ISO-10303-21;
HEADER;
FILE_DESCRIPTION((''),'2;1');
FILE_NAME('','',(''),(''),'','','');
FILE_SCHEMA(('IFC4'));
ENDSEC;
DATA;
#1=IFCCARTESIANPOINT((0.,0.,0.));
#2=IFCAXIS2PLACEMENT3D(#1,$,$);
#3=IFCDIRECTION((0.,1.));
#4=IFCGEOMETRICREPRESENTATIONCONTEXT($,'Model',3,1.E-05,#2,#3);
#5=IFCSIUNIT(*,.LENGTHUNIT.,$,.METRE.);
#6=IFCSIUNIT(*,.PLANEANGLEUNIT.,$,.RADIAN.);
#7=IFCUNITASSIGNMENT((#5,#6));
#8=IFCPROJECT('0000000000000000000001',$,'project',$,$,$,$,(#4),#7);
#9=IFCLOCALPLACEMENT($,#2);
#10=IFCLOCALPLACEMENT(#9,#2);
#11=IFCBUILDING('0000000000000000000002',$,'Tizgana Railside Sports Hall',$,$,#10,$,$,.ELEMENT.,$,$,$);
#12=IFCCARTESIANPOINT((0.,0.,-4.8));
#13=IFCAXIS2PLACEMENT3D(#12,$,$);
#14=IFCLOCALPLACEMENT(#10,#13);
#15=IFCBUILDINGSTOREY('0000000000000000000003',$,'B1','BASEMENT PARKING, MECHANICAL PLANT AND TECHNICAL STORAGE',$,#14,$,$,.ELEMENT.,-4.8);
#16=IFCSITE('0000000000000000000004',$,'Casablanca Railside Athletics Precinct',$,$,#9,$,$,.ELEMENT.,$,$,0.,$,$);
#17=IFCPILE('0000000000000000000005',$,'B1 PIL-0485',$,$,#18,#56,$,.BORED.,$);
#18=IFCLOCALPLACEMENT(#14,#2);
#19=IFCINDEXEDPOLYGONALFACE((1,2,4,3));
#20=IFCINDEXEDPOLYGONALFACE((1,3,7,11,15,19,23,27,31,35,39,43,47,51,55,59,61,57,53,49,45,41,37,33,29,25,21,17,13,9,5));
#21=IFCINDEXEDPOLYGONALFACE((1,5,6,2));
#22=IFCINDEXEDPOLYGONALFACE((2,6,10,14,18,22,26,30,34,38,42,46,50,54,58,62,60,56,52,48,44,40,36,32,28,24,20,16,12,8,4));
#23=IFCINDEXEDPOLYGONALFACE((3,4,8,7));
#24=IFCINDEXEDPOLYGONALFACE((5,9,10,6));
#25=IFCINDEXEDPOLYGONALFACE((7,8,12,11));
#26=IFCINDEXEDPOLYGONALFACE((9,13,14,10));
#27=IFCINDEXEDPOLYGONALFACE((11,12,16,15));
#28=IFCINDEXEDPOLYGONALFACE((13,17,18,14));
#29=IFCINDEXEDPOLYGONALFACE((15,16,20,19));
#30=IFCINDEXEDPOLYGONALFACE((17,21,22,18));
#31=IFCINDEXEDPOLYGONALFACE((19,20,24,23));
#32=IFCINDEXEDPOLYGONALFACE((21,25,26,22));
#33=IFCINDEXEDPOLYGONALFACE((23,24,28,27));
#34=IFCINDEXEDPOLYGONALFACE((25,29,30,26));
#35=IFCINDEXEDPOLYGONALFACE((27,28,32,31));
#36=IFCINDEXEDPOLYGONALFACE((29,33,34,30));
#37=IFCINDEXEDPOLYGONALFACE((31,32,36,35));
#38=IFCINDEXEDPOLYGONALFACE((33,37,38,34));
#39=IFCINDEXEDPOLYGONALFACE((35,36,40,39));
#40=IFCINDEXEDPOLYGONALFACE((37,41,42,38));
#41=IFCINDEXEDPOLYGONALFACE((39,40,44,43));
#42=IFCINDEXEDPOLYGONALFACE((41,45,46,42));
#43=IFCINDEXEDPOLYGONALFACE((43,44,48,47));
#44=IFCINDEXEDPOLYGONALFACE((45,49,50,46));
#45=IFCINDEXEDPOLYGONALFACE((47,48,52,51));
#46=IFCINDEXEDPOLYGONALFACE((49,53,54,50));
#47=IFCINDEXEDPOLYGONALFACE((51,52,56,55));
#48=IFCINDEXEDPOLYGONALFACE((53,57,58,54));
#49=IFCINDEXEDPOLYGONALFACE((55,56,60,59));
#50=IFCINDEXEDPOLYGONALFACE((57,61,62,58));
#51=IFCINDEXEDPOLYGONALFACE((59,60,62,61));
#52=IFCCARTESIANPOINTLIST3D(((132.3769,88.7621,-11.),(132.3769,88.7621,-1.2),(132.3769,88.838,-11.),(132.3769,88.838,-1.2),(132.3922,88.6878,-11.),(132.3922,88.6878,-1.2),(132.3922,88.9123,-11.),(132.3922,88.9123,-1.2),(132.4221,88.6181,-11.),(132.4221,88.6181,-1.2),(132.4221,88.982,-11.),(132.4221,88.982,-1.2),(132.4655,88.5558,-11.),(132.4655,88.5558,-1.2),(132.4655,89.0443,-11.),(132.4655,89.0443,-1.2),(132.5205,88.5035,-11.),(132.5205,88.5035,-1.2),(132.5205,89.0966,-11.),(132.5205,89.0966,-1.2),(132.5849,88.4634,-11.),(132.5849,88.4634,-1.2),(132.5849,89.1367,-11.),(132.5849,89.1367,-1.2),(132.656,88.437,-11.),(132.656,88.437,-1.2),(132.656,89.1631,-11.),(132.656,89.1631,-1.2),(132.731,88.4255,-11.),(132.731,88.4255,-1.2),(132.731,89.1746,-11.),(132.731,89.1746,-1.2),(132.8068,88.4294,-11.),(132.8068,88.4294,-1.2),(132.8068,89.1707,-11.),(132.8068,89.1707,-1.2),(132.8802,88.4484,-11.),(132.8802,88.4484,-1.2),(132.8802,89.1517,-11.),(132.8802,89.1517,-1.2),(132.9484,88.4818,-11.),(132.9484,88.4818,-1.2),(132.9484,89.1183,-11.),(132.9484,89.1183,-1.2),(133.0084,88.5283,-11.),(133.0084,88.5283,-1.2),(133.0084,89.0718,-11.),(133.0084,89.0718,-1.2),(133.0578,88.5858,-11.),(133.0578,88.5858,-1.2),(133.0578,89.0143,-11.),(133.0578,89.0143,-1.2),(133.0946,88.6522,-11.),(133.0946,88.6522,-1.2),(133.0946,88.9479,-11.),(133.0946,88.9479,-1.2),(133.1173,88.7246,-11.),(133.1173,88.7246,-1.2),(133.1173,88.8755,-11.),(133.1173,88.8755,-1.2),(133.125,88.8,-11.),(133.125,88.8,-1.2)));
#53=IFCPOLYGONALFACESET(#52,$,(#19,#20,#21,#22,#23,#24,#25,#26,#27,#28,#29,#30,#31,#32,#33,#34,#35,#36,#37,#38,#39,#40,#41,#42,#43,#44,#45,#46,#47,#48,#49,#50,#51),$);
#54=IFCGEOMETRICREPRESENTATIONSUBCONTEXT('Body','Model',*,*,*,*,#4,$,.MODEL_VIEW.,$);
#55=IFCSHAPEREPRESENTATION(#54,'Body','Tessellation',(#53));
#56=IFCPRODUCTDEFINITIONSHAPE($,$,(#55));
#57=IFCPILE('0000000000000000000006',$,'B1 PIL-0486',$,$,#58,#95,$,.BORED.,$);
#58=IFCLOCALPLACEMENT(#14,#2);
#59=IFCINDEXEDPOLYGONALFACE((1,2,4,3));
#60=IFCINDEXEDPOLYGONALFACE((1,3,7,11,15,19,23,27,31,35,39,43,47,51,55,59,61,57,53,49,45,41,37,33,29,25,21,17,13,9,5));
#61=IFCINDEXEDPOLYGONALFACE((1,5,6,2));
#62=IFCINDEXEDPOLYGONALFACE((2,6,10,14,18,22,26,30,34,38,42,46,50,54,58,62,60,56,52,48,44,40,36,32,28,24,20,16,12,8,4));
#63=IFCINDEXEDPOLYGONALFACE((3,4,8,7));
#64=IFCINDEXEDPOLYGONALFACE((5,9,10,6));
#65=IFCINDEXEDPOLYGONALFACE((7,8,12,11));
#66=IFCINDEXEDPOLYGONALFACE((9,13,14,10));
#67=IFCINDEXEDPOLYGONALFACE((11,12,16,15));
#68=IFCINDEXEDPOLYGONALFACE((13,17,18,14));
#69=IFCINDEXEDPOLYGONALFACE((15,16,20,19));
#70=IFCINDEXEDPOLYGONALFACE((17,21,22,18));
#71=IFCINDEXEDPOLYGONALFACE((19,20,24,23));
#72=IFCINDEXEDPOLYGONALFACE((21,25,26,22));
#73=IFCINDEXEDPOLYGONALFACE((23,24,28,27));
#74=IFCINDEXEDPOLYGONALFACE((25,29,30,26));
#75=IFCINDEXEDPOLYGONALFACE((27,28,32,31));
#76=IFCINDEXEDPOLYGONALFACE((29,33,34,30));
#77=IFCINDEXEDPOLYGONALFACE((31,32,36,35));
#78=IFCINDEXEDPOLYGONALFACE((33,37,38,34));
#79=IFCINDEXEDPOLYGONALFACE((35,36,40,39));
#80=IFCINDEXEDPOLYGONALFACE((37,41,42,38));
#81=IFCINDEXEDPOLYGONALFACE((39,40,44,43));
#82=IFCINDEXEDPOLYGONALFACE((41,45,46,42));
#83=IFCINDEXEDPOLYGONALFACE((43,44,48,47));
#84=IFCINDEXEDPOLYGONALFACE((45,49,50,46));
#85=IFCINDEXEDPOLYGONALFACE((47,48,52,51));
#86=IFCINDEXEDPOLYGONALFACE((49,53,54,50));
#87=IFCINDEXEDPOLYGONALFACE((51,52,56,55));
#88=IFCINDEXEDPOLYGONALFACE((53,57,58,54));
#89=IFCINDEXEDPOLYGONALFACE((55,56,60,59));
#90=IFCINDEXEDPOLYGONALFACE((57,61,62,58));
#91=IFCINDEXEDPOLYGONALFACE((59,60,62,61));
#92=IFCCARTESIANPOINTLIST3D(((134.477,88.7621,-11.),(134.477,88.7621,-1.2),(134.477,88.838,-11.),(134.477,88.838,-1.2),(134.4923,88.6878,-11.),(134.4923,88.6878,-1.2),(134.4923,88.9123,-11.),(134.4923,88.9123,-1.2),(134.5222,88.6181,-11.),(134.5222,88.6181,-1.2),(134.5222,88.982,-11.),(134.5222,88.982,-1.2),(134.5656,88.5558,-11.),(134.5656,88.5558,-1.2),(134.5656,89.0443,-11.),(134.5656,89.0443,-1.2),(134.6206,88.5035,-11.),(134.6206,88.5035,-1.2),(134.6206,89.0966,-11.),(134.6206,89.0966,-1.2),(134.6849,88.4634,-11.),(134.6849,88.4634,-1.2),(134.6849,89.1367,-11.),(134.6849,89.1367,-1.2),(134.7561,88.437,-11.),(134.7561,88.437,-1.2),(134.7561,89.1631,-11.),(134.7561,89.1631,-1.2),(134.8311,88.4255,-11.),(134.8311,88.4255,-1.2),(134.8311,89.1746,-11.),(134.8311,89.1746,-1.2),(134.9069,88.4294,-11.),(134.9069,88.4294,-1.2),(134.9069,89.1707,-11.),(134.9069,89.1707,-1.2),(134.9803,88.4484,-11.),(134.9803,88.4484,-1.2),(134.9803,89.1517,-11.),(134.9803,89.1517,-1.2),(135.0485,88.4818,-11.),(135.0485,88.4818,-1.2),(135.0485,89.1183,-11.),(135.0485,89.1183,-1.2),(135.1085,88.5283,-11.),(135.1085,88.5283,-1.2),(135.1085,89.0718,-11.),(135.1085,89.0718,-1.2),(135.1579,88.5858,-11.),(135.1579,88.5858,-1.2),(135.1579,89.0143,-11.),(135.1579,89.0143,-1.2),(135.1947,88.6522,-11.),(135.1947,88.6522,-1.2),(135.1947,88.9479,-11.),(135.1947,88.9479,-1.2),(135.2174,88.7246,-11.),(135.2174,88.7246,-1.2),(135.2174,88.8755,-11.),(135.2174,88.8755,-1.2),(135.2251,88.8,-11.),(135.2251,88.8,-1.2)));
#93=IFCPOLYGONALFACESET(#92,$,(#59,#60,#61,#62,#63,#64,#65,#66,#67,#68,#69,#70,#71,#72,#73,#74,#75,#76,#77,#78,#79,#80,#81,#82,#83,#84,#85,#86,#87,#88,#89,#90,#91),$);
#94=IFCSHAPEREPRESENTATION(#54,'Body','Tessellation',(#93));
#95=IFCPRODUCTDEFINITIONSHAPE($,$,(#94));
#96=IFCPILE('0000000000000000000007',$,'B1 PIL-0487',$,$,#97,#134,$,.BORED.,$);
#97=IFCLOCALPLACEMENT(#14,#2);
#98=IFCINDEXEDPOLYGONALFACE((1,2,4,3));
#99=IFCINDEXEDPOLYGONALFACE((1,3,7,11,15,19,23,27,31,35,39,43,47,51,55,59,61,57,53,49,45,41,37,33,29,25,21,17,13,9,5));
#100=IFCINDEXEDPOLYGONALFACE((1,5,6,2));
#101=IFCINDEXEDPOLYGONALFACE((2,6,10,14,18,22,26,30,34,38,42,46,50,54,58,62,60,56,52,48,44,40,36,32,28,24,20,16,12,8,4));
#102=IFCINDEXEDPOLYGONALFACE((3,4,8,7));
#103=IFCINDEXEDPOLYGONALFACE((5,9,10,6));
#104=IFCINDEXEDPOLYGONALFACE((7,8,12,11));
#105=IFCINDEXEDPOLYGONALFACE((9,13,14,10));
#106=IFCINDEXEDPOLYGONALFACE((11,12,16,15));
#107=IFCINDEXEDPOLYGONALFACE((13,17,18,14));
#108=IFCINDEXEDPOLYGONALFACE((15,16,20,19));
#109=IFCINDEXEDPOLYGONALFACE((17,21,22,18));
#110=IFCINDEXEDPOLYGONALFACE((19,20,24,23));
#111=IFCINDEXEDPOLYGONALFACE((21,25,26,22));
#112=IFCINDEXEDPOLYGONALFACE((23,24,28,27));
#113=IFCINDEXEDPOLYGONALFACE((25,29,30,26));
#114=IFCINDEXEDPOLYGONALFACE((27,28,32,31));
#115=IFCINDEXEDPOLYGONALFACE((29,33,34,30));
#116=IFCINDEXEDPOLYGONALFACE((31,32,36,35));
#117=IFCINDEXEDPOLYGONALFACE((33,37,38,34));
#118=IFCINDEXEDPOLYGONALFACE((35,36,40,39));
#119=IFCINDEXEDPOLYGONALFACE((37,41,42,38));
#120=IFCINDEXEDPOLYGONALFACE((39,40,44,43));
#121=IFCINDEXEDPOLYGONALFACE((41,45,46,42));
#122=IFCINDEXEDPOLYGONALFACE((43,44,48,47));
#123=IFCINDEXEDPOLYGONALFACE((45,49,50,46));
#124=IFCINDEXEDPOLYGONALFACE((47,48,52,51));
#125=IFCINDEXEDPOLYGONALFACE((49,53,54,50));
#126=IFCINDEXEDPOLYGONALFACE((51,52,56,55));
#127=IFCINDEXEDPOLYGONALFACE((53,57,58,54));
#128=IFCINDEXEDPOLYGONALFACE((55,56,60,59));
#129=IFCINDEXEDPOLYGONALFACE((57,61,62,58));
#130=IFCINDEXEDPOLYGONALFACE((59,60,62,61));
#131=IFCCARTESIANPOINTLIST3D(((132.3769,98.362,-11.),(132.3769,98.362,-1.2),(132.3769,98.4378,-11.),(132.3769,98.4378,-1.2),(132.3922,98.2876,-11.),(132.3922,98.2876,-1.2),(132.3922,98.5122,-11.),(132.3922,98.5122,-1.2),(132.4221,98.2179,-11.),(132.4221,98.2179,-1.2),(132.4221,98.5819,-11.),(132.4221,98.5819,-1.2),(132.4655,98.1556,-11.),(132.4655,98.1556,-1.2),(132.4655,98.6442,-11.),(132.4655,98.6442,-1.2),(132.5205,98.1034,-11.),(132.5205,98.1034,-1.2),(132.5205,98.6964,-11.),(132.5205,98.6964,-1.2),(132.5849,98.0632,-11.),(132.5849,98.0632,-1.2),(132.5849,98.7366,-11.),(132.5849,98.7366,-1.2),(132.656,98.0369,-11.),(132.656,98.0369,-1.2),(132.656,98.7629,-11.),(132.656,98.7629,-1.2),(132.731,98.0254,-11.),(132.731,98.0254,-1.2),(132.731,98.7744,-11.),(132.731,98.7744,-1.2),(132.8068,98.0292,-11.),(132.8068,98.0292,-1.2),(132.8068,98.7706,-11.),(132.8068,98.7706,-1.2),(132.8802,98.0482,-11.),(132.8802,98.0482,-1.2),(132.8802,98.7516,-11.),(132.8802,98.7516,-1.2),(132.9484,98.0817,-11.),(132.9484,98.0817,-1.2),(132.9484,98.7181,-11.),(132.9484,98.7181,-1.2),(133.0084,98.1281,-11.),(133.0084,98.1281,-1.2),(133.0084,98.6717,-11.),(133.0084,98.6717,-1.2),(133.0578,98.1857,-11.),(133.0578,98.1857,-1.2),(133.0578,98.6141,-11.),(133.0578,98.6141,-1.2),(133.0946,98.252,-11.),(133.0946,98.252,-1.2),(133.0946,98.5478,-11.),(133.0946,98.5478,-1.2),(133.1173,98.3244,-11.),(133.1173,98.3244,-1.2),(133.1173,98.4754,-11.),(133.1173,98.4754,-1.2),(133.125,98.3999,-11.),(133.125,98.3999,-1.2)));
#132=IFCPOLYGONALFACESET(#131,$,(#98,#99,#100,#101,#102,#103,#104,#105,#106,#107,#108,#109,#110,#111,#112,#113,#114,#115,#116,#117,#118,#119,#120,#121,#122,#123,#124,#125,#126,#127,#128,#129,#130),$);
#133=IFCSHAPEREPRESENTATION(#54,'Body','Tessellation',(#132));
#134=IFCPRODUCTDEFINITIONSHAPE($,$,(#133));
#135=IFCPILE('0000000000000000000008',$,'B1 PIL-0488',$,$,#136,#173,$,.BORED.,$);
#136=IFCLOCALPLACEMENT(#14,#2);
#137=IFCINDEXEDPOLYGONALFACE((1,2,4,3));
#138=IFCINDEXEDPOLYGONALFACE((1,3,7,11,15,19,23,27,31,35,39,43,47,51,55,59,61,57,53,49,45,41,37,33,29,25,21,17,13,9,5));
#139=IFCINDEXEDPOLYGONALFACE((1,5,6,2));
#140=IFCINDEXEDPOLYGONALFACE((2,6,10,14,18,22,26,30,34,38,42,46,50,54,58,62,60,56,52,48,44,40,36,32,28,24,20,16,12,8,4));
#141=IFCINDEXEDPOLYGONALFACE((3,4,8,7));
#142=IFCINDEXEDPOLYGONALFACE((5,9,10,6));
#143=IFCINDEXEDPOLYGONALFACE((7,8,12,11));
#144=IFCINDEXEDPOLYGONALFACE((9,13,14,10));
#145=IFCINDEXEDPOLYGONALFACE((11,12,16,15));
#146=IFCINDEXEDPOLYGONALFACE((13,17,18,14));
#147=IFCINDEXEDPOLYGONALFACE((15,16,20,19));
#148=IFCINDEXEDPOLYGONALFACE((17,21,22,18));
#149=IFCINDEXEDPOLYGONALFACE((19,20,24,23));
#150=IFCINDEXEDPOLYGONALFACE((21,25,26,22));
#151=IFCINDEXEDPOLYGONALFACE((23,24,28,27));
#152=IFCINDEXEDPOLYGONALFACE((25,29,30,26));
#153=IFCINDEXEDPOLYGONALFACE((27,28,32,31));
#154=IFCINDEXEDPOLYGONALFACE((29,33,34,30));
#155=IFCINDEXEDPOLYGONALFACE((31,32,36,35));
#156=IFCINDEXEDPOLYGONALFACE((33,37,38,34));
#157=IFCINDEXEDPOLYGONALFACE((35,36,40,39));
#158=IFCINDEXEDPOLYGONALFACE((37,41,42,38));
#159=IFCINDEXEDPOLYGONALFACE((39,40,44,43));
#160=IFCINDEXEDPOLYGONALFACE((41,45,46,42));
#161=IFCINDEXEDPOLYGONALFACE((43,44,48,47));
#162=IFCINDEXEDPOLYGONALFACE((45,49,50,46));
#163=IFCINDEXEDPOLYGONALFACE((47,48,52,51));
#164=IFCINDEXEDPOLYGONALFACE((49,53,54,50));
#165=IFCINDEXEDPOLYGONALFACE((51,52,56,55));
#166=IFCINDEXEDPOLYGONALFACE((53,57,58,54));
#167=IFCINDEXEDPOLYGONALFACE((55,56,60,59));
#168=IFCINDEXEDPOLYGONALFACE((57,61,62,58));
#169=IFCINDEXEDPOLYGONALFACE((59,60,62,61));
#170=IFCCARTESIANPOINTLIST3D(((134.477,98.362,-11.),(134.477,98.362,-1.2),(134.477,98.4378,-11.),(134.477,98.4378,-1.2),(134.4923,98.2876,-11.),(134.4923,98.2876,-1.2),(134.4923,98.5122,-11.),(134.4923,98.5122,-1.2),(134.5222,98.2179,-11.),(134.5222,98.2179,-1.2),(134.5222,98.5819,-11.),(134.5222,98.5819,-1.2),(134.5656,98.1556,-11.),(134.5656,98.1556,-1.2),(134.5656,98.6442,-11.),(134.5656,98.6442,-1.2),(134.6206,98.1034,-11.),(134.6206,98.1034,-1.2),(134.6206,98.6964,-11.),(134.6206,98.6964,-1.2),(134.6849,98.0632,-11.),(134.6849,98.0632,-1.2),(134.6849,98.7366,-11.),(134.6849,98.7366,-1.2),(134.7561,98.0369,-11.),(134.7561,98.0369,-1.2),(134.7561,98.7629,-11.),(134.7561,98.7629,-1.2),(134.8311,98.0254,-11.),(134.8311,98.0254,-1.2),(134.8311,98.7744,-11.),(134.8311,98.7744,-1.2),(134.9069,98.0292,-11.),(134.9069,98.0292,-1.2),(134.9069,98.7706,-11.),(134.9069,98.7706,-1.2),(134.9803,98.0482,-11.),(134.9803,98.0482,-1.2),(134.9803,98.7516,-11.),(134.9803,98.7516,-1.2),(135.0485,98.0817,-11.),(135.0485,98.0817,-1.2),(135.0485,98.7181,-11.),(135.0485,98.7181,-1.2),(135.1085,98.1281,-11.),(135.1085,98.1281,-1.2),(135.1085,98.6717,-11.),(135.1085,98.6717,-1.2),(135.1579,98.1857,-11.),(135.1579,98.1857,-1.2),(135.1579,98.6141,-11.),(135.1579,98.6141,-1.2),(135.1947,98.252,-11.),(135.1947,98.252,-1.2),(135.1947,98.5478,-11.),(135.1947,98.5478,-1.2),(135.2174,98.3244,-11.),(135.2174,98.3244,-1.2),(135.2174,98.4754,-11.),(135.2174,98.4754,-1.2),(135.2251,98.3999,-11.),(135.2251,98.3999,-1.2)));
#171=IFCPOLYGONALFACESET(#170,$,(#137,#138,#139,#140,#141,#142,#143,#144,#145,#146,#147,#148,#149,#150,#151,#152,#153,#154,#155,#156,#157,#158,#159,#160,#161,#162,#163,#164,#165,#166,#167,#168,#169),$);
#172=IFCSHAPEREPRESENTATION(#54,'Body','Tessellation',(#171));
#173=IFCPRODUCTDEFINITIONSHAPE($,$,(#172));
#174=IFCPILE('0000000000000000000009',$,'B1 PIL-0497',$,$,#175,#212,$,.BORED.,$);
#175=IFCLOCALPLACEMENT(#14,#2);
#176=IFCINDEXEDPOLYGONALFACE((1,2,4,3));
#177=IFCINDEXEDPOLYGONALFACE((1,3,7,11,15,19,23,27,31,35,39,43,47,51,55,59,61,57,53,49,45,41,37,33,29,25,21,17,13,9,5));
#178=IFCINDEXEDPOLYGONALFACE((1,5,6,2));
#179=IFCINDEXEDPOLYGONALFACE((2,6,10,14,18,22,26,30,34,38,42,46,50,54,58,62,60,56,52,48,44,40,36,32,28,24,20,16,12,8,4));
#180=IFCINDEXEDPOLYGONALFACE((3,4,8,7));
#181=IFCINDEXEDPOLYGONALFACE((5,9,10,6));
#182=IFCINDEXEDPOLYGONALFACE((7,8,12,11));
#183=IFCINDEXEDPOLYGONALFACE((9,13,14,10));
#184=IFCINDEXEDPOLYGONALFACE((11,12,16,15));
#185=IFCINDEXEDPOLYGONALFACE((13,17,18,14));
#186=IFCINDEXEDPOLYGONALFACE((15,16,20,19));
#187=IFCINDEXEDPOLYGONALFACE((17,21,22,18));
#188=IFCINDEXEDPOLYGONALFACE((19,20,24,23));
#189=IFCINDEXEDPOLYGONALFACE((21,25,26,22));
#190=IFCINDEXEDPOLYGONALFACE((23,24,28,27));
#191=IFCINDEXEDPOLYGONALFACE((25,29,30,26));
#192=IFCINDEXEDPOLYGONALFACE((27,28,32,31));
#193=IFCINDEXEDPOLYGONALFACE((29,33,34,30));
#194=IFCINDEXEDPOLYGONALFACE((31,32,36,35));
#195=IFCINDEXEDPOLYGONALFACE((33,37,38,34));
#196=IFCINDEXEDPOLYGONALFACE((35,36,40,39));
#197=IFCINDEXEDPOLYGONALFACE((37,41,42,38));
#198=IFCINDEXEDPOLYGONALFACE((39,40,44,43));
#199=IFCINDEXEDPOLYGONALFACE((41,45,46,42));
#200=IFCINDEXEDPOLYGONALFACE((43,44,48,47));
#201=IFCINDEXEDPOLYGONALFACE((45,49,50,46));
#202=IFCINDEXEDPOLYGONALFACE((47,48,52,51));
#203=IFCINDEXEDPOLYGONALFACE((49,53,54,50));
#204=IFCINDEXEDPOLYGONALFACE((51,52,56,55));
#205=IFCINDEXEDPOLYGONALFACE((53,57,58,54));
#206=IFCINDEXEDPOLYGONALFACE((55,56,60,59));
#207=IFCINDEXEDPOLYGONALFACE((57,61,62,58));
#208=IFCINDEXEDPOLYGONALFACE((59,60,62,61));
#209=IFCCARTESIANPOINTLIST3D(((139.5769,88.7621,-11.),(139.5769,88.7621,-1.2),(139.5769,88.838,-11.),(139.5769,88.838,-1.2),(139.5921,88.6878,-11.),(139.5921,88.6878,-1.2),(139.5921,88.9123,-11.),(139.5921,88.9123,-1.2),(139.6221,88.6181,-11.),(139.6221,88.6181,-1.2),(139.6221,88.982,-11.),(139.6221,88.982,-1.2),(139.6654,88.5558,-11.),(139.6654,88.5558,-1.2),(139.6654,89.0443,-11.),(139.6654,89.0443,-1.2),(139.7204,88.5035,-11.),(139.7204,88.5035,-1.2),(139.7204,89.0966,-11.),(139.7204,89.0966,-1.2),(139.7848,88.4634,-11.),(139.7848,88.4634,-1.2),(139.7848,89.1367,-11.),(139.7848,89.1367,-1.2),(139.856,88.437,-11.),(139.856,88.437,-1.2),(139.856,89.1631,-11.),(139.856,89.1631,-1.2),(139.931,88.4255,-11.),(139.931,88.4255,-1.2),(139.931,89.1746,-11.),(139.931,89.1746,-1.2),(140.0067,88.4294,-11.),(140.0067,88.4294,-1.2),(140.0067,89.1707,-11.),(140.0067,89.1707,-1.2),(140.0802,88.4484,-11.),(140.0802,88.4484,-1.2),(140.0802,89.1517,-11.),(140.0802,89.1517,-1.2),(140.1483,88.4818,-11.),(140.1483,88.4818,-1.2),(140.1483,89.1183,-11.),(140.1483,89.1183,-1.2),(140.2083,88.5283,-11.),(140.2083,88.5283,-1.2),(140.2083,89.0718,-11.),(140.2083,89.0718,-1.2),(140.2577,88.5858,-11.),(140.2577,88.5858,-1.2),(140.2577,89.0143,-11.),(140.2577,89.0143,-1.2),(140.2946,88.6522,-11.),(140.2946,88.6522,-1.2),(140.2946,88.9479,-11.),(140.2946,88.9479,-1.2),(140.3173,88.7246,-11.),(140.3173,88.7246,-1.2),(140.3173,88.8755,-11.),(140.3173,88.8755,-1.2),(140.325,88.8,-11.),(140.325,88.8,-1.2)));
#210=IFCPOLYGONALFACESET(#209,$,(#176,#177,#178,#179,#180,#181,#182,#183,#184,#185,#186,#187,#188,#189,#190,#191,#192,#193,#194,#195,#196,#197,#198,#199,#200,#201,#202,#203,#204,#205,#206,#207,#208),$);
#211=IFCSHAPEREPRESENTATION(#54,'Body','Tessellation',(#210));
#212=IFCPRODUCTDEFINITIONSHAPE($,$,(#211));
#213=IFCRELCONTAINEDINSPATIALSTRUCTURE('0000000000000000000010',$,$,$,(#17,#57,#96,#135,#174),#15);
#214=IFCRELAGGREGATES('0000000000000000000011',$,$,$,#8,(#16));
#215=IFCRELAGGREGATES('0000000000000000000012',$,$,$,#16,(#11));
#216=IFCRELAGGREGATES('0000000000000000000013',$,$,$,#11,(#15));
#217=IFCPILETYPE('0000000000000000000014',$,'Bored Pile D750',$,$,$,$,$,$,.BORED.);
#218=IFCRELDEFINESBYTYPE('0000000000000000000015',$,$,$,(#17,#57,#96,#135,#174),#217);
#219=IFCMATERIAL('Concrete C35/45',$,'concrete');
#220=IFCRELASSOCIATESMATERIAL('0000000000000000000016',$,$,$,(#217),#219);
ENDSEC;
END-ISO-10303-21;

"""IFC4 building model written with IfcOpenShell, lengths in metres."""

from ifc_helpers import new_model, si_unit, direction, frame, origin, origin_2d, place, context, subcontext, project, spatial, circle, extrude, material, material_profile, profile_set, type_object, element, save


model = new_model("IFC4")

# Units and contexts
model_context = context("Model", 3, precision=1e-05, world=origin(), true_north=direction((0.0, 1.0)))
body_context = subcontext(model_context, "Body", "Model", "MODEL_VIEW")
ifc_project = project(units=[si_unit("LENGTHUNIT", "METRE"), si_unit("PLANEANGLEUNIT", "RADIAN")], contexts=[model_context])

# Site, building, storey
site_placement = place(None, origin())
site = spatial("IfcSite", under=ifc_project, at=site_placement, Name="Casablanca Railside Athletics Precinct", CompositionType="ELEMENT", RefElevation=0.0)
building_placement = place(site_placement, origin())
building = spatial("IfcBuilding", under=site, at=building_placement, Name="Tizgana Railside Sports Hall", CompositionType="ELEMENT")
storey_placement = place(building_placement, frame((0.0, 0.0, -4.8)))
storey = spatial("IfcBuildingStorey", under=building, at=storey_placement, Name="B1", Description="BASEMENT PARKING, MECHANICAL PLANT AND TECHNICAL STORAGE", CompositionType="ELEMENT", Elevation=-4.8)

# Piles
ifc_material_1 = material(Name="Concrete C35/45", Category="concrete")
ifc_material_profile_1 = material_profile(ifc_material_1, circle(Radius=0.375, at=origin_2d()), Name="PILE D750")
ifc_profile_set_1 = profile_set([ifc_material_profile_1], Name="Concrete C35/45")
pile_type = type_object("IfcPileType", Name="Bored Pile D750", PredefinedType="BORED", material=ifc_profile_set_1)
for number, where, z_axis, x_axis, name in (
    (1, (132.75, 88.8, -1.2), (0.0, 0.0, -1.0), (1.0, 0.0, 0.0), "B1 PIL-0485"),
    (2, (134.8501, 88.8, -1.2), (0.0, 0.0, -1.0), (1.0, 0.0, 0.0), "B1 PIL-0486"),
    (3, (132.75, 98.3999, -1.2), (0.0, 0.0, -1.0), (1.0, 0.0, 0.0), "B1 PIL-0487"),
    (4, (134.8501, 98.3999, -1.2), (0.0, 0.0, -1.0), (1.0, 0.0, 0.0), "B1 PIL-0488"),
    (5, (139.95, 88.8, -1.2), (0.0, 0.0, -1.0), (1.0, 0.0, 0.0), "B1 PIL-0497"),
):
    element("IfcPile", number, at=place(storey_placement, frame(where, z_axis=z_axis, x_axis=x_axis)), inside=storey, type_object=pile_type, Name=name, PredefinedType="BORED", context=body_context, shape_type="SweptSolid", body=[
        extrude(circle(Radius=0.375, at=origin_2d()), origin(), (0.0, 0.0, 1.0), 9.8),
    ])

save(model, "model.ifc")
